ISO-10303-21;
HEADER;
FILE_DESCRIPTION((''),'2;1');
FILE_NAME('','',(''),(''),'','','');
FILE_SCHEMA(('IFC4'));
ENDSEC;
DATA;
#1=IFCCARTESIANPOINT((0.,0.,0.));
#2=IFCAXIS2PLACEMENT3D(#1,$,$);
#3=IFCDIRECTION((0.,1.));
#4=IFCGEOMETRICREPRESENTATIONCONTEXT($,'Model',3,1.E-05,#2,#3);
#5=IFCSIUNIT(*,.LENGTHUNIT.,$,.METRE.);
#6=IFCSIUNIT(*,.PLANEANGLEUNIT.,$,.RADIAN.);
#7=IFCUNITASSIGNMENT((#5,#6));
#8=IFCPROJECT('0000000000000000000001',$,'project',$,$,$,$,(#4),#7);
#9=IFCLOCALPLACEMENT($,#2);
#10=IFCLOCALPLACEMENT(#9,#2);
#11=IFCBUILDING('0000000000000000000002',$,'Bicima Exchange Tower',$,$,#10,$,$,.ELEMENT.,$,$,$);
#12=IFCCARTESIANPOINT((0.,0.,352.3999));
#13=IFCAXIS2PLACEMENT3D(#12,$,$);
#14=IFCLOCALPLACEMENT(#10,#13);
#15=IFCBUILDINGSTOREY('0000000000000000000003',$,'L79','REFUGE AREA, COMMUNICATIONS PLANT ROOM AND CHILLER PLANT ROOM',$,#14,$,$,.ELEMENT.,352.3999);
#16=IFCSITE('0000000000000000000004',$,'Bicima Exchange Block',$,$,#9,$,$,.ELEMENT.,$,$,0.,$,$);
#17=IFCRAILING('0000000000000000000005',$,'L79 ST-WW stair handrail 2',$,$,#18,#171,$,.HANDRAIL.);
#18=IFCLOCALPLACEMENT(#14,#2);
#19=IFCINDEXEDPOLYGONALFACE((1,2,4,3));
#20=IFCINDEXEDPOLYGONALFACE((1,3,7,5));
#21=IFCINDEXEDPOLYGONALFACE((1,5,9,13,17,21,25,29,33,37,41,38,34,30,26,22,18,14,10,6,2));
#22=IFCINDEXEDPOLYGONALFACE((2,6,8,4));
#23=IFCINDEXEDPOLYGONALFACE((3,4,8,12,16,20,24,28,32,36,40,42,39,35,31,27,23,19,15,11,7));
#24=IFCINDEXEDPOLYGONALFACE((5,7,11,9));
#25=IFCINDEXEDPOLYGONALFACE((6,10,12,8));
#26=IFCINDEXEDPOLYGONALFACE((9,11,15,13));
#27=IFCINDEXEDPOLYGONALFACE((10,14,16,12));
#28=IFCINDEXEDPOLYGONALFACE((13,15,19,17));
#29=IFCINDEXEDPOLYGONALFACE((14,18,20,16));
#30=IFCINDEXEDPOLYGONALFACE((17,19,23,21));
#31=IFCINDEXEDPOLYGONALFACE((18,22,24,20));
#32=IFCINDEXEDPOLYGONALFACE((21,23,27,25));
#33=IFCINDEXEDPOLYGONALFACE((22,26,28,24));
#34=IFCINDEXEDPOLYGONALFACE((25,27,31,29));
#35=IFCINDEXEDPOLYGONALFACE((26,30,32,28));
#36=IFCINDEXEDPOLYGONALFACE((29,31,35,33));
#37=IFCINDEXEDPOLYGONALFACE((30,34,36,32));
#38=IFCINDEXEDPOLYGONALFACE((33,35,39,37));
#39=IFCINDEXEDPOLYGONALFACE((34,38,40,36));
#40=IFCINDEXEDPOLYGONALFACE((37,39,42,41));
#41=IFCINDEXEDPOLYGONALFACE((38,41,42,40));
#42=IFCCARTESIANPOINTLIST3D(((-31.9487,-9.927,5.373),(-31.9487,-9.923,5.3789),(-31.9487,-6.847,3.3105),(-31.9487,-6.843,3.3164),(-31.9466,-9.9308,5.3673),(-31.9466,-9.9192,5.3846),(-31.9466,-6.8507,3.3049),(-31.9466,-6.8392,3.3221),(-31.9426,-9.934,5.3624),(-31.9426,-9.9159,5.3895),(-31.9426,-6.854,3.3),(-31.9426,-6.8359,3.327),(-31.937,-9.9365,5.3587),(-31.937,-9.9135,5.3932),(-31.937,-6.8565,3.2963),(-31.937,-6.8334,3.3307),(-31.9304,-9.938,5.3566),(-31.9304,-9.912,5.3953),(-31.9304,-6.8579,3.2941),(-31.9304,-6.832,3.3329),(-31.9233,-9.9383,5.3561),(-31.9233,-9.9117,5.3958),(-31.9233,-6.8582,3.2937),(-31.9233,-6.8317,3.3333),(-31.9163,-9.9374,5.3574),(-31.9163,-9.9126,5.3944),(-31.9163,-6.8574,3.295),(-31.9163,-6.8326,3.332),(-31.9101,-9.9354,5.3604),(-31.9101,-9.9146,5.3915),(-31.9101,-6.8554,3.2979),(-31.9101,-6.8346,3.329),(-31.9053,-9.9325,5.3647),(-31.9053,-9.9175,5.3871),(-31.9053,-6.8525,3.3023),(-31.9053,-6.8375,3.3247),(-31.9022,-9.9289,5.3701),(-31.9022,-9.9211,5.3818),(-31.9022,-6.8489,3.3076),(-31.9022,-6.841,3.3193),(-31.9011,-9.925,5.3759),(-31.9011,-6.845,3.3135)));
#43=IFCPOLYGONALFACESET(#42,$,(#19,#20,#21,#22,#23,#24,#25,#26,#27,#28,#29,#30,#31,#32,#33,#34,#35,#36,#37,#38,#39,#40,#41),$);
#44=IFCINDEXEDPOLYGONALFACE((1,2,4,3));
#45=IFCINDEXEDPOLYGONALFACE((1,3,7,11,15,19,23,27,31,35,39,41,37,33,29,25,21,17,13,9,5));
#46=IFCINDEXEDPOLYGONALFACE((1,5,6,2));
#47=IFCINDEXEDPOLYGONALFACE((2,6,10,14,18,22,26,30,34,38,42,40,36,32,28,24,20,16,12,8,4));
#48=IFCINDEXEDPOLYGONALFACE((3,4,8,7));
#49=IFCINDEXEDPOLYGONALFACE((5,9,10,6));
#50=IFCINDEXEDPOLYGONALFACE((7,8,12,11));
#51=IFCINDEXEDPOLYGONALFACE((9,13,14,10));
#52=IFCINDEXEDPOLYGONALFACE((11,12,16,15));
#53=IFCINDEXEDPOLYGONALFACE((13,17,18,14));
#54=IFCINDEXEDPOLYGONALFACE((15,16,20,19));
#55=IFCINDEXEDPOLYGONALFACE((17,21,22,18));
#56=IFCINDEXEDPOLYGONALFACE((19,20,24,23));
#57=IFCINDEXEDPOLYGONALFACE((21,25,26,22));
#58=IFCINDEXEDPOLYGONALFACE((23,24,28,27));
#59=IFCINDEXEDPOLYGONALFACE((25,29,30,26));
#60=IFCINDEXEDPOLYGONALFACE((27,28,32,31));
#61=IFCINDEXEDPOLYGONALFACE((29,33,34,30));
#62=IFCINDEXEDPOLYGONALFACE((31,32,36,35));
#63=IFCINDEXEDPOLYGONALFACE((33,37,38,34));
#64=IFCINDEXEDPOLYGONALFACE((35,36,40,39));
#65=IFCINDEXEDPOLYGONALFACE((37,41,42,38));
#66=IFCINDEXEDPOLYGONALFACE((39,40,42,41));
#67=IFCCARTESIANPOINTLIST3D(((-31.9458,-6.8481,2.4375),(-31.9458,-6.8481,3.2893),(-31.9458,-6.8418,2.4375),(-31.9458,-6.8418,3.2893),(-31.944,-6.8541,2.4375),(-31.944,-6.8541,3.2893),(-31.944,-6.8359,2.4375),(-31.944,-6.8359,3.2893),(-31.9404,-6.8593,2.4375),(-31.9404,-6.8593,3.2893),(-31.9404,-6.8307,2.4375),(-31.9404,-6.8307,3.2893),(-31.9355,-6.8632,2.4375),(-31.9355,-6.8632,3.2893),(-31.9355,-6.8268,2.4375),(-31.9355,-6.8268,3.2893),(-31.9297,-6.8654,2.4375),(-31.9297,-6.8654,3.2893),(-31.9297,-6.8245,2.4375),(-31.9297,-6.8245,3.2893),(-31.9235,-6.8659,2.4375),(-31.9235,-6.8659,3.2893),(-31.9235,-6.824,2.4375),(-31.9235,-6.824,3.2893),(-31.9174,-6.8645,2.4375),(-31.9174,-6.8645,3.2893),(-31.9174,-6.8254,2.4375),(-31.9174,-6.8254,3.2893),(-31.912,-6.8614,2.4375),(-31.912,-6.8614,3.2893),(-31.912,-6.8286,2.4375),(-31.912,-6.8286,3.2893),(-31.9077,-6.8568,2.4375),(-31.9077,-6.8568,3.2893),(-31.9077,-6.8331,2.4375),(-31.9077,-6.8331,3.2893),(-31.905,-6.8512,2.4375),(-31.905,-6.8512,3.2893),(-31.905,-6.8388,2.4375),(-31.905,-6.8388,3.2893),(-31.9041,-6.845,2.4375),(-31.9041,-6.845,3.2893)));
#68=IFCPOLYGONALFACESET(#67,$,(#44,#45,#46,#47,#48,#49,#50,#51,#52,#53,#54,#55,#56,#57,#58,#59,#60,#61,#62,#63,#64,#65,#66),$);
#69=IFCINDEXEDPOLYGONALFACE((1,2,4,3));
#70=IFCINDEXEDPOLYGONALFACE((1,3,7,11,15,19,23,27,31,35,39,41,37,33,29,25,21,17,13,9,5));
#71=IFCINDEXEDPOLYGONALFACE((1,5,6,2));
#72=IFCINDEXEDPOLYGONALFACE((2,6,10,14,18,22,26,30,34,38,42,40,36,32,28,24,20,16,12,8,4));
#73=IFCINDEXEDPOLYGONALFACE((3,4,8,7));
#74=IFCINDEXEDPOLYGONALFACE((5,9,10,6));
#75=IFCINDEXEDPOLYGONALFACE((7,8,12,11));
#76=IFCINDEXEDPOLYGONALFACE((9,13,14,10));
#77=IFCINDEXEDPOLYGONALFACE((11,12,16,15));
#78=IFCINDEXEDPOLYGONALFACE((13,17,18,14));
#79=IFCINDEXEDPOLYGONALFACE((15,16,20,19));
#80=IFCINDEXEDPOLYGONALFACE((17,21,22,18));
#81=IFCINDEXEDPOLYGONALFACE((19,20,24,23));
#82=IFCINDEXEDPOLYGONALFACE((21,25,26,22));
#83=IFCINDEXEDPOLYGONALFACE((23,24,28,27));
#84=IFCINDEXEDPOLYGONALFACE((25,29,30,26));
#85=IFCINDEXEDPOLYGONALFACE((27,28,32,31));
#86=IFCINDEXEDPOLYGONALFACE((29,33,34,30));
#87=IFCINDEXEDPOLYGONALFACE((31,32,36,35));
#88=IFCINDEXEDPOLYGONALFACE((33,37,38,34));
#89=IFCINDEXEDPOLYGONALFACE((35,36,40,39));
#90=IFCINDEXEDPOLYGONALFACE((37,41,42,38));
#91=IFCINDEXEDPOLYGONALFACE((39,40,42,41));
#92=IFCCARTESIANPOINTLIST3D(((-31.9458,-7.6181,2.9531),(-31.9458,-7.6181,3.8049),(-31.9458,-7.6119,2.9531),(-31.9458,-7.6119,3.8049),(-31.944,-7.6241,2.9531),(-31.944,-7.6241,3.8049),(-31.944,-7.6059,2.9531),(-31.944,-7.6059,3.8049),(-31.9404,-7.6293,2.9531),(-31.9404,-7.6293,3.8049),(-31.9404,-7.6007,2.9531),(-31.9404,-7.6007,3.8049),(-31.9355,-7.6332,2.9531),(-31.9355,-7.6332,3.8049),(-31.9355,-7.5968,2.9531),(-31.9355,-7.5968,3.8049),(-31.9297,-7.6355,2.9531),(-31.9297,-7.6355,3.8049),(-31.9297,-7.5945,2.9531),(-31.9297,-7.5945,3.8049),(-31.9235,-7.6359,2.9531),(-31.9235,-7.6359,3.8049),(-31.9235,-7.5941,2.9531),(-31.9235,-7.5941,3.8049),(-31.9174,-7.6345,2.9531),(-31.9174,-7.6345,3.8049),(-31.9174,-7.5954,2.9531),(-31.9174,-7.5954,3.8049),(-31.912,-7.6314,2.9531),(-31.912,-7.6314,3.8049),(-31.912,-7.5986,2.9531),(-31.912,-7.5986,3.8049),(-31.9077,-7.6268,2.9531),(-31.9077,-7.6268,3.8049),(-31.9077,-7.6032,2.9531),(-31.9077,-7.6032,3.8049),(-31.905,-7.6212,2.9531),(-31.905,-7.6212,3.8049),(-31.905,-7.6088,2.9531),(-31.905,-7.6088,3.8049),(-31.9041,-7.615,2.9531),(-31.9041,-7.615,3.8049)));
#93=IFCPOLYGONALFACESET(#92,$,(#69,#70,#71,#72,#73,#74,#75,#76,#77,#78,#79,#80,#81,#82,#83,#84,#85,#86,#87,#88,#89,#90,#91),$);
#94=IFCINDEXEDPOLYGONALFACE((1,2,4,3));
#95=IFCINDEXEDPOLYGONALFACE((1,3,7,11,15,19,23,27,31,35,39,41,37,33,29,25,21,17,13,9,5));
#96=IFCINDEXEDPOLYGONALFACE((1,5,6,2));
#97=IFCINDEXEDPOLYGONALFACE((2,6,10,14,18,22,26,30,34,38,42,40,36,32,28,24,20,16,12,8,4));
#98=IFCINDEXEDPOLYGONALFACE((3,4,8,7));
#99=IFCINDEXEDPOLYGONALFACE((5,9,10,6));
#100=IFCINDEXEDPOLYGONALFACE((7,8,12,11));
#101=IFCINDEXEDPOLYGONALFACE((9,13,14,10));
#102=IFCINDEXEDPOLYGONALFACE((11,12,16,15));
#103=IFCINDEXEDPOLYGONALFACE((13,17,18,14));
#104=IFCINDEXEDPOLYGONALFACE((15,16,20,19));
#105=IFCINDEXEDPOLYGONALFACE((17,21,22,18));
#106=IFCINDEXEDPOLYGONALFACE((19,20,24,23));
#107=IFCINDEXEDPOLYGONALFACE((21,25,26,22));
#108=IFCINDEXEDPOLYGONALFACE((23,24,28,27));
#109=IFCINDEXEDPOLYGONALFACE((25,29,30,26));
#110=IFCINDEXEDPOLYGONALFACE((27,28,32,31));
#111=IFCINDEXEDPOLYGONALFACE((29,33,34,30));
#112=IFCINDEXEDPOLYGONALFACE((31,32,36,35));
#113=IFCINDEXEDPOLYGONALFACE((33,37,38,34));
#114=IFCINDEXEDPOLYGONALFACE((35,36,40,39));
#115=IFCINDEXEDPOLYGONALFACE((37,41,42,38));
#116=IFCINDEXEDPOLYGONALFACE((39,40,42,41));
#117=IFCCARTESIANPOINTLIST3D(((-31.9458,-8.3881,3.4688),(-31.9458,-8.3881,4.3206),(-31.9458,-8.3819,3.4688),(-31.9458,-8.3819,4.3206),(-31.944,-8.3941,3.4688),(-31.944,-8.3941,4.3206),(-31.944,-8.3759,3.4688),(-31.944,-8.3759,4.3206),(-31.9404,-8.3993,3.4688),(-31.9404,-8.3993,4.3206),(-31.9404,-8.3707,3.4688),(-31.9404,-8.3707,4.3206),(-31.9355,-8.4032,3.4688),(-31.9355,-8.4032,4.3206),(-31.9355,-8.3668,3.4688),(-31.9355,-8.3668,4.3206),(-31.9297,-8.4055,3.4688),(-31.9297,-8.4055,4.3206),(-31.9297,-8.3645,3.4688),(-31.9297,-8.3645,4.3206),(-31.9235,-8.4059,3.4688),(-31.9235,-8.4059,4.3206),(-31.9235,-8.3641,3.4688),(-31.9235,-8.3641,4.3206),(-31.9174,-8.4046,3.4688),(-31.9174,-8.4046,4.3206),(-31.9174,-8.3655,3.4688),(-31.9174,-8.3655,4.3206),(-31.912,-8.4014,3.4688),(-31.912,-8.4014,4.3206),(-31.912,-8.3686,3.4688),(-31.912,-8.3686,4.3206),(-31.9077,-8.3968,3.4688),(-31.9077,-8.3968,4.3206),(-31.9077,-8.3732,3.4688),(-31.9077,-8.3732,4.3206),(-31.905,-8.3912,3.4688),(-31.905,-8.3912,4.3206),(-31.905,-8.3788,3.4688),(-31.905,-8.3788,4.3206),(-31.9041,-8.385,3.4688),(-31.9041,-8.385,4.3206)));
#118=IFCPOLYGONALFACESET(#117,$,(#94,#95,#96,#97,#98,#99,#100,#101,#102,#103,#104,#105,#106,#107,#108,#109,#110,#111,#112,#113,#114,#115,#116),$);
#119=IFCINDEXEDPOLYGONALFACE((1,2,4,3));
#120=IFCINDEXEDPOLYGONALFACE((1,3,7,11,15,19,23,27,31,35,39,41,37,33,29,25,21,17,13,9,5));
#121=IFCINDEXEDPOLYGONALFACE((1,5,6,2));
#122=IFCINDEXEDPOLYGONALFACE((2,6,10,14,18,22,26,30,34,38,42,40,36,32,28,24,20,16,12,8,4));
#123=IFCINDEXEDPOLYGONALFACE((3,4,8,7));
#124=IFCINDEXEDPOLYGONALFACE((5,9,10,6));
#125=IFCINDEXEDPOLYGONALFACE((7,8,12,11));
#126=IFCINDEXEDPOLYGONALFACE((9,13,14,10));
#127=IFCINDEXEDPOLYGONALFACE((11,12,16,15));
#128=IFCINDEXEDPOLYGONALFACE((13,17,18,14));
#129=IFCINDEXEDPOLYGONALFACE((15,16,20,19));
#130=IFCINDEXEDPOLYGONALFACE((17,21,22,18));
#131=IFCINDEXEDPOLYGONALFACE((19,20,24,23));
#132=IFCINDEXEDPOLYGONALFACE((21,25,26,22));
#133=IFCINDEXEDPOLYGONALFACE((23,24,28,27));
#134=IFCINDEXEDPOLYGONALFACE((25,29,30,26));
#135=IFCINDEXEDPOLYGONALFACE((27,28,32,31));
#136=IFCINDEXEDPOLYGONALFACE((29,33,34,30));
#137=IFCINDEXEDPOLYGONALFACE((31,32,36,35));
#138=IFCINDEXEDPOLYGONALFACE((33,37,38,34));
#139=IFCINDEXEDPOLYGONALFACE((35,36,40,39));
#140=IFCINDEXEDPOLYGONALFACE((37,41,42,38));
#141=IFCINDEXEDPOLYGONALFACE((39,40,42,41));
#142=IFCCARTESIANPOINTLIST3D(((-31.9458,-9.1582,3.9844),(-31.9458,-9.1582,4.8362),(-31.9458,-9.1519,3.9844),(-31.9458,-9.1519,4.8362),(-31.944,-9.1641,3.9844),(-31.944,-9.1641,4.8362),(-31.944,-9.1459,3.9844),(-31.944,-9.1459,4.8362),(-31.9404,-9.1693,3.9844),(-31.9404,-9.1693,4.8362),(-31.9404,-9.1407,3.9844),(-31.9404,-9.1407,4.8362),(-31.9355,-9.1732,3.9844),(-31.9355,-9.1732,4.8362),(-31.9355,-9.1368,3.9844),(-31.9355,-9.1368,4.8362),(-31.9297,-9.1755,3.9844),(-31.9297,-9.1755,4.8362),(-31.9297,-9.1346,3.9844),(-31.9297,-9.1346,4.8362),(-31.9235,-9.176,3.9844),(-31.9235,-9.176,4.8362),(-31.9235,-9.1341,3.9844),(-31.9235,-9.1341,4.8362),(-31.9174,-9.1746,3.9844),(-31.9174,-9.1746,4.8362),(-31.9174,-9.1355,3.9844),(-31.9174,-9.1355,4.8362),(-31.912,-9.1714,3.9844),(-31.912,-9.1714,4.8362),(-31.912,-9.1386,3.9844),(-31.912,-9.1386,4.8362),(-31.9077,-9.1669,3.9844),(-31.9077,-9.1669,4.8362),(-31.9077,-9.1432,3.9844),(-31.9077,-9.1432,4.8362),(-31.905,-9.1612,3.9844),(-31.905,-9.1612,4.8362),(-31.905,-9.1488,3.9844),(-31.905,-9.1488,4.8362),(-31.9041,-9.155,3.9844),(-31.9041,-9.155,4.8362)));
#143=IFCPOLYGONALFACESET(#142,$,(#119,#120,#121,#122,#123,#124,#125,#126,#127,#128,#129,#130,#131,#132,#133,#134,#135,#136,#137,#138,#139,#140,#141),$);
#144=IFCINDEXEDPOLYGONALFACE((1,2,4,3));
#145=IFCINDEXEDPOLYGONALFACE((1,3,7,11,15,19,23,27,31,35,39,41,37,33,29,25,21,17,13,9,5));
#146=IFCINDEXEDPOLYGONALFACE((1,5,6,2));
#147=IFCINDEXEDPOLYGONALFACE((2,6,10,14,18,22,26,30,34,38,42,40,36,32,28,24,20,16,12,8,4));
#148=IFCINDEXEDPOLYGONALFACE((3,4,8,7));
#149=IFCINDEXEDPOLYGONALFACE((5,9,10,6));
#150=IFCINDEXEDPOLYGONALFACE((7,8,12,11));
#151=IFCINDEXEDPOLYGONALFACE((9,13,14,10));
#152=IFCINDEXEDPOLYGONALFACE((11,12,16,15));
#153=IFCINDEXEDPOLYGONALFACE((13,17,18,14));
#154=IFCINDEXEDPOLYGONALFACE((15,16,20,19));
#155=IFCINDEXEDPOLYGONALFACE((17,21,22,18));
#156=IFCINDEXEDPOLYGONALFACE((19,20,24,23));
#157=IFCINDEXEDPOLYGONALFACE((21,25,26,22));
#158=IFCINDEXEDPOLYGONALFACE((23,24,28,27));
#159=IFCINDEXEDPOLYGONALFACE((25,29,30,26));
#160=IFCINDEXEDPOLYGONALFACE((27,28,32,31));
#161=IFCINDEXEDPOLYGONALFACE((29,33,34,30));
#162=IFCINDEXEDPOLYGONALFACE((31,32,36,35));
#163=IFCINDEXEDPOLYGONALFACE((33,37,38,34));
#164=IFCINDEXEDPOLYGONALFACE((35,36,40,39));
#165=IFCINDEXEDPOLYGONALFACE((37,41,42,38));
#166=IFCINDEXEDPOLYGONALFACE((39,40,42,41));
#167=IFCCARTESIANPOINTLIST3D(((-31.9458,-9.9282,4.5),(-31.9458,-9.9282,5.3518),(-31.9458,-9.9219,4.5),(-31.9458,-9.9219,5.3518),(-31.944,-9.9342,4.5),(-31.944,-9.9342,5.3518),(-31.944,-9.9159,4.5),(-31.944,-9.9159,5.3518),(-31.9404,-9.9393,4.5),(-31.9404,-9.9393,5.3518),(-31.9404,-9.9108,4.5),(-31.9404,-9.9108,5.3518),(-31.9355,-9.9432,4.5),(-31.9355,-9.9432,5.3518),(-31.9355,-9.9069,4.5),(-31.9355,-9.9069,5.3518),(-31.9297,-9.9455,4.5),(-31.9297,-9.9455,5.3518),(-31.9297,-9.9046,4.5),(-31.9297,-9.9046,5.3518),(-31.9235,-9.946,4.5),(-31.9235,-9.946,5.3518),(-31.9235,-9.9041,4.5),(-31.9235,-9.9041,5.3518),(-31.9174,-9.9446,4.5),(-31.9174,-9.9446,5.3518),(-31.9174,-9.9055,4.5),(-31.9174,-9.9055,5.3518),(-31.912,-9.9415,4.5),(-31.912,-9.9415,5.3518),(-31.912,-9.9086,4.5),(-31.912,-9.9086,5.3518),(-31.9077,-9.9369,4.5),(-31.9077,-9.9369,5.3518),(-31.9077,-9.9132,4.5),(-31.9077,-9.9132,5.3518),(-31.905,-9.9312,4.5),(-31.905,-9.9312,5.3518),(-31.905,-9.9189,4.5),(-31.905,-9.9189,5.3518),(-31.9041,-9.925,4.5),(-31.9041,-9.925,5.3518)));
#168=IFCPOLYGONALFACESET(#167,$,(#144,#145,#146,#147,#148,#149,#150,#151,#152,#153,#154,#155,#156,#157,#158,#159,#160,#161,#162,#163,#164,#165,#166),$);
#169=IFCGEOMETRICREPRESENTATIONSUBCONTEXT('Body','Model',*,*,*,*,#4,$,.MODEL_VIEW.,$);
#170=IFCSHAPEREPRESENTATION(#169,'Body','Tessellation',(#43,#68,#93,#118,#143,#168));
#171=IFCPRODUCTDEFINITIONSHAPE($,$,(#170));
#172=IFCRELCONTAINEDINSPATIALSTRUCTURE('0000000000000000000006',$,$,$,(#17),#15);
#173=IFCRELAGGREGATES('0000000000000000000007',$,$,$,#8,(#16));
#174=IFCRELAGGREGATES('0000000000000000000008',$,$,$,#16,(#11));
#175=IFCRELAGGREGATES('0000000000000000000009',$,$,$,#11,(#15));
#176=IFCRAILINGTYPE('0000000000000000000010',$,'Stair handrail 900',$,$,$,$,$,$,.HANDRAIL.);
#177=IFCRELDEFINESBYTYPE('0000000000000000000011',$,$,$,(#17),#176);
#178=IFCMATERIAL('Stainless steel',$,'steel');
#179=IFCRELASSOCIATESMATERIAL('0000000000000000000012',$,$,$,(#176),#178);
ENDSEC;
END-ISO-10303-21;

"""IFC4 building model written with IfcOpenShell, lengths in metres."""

from ifc_helpers import new_model, si_unit, direction, frame, origin, origin_2d, place, context, subcontext, project, spatial, circle, extrude, material, type_object, element, save


model = new_model("IFC4")

# Units and contexts
model_context = context("Model", 3, precision=1e-05, world=origin(), true_north=direction((0.0, 1.0)))
body_context = subcontext(model_context, "Body", "Model", "MODEL_VIEW")
ifc_project = project(units=[si_unit("LENGTHUNIT", "METRE"), si_unit("PLANEANGLEUNIT", "RADIAN")], contexts=[model_context])

# Site, building, storey
site_placement = place(None, origin())
site = spatial("IfcSite", under=ifc_project, at=site_placement, Name="Bicima Exchange Block", CompositionType="ELEMENT", RefElevation=0.0)
building_placement = place(site_placement, origin())
building = spatial("IfcBuilding", under=site, at=building_placement, Name="Bicima Exchange Tower", CompositionType="ELEMENT")
storey_placement = place(building_placement, frame((0.0, 0.0, 352.3999)))
storey = spatial("IfcBuildingStorey", under=building, at=storey_placement, Name="L79", Description="REFUGE AREA, COMMUNICATIONS PLANT ROOM AND CHILLER PLANT ROOM", CompositionType="ELEMENT", Elevation=352.3999)

# Railing
ifc_material_1 = material(Name="Stainless steel", Category="steel")
railing_type = type_object("IfcRailingType", Name="Stair handrail 900", PredefinedType="HANDRAIL", material=ifc_material_1)
railing_1_placement = place(storey_placement, frame((-31.925, -6.845, 2.4375)))
element("IfcRailing", 1, at=railing_1_placement, inside=storey, type_object=railing_type, Name="L79 ST-WW stair handrail 2", PredefinedType="HANDRAIL", context=body_context, shape_type="SweptSolid", body=[
    extrude(circle(Radius=0.0239, at=origin_2d()), frame((0.0, 0.0, 0.876), z_axis=(0.0, -0.830914, 0.556401), x_axis=(1.0, 0.0, 0.0)), (0.0, 0.0, 1.0), 3.7068),
    extrude(circle(Radius=0.021, at=origin_2d()), origin(), (0.0, 0.0, 1.0), 0.8518),
    extrude(circle(Radius=0.021, at=origin_2d()), frame((0.0, -0.77, 0.5156)), (0.0, 0.0, 1.0), 0.8518),
    extrude(circle(Radius=0.021, at=origin_2d()), frame((0.0, -1.54, 1.0312)), (0.0, 0.0, 1.0), 0.8518),
    extrude(circle(Radius=0.021, at=origin_2d()), frame((0.0, -2.3101, 1.5469)), (0.0, 0.0, 1.0), 0.8518),
    extrude(circle(Radius=0.021, at=origin_2d()), frame((0.0, -3.0801, 2.0625)), (0.0, 0.0, 1.0), 0.8518),
])

save(model, "model.ifc")
